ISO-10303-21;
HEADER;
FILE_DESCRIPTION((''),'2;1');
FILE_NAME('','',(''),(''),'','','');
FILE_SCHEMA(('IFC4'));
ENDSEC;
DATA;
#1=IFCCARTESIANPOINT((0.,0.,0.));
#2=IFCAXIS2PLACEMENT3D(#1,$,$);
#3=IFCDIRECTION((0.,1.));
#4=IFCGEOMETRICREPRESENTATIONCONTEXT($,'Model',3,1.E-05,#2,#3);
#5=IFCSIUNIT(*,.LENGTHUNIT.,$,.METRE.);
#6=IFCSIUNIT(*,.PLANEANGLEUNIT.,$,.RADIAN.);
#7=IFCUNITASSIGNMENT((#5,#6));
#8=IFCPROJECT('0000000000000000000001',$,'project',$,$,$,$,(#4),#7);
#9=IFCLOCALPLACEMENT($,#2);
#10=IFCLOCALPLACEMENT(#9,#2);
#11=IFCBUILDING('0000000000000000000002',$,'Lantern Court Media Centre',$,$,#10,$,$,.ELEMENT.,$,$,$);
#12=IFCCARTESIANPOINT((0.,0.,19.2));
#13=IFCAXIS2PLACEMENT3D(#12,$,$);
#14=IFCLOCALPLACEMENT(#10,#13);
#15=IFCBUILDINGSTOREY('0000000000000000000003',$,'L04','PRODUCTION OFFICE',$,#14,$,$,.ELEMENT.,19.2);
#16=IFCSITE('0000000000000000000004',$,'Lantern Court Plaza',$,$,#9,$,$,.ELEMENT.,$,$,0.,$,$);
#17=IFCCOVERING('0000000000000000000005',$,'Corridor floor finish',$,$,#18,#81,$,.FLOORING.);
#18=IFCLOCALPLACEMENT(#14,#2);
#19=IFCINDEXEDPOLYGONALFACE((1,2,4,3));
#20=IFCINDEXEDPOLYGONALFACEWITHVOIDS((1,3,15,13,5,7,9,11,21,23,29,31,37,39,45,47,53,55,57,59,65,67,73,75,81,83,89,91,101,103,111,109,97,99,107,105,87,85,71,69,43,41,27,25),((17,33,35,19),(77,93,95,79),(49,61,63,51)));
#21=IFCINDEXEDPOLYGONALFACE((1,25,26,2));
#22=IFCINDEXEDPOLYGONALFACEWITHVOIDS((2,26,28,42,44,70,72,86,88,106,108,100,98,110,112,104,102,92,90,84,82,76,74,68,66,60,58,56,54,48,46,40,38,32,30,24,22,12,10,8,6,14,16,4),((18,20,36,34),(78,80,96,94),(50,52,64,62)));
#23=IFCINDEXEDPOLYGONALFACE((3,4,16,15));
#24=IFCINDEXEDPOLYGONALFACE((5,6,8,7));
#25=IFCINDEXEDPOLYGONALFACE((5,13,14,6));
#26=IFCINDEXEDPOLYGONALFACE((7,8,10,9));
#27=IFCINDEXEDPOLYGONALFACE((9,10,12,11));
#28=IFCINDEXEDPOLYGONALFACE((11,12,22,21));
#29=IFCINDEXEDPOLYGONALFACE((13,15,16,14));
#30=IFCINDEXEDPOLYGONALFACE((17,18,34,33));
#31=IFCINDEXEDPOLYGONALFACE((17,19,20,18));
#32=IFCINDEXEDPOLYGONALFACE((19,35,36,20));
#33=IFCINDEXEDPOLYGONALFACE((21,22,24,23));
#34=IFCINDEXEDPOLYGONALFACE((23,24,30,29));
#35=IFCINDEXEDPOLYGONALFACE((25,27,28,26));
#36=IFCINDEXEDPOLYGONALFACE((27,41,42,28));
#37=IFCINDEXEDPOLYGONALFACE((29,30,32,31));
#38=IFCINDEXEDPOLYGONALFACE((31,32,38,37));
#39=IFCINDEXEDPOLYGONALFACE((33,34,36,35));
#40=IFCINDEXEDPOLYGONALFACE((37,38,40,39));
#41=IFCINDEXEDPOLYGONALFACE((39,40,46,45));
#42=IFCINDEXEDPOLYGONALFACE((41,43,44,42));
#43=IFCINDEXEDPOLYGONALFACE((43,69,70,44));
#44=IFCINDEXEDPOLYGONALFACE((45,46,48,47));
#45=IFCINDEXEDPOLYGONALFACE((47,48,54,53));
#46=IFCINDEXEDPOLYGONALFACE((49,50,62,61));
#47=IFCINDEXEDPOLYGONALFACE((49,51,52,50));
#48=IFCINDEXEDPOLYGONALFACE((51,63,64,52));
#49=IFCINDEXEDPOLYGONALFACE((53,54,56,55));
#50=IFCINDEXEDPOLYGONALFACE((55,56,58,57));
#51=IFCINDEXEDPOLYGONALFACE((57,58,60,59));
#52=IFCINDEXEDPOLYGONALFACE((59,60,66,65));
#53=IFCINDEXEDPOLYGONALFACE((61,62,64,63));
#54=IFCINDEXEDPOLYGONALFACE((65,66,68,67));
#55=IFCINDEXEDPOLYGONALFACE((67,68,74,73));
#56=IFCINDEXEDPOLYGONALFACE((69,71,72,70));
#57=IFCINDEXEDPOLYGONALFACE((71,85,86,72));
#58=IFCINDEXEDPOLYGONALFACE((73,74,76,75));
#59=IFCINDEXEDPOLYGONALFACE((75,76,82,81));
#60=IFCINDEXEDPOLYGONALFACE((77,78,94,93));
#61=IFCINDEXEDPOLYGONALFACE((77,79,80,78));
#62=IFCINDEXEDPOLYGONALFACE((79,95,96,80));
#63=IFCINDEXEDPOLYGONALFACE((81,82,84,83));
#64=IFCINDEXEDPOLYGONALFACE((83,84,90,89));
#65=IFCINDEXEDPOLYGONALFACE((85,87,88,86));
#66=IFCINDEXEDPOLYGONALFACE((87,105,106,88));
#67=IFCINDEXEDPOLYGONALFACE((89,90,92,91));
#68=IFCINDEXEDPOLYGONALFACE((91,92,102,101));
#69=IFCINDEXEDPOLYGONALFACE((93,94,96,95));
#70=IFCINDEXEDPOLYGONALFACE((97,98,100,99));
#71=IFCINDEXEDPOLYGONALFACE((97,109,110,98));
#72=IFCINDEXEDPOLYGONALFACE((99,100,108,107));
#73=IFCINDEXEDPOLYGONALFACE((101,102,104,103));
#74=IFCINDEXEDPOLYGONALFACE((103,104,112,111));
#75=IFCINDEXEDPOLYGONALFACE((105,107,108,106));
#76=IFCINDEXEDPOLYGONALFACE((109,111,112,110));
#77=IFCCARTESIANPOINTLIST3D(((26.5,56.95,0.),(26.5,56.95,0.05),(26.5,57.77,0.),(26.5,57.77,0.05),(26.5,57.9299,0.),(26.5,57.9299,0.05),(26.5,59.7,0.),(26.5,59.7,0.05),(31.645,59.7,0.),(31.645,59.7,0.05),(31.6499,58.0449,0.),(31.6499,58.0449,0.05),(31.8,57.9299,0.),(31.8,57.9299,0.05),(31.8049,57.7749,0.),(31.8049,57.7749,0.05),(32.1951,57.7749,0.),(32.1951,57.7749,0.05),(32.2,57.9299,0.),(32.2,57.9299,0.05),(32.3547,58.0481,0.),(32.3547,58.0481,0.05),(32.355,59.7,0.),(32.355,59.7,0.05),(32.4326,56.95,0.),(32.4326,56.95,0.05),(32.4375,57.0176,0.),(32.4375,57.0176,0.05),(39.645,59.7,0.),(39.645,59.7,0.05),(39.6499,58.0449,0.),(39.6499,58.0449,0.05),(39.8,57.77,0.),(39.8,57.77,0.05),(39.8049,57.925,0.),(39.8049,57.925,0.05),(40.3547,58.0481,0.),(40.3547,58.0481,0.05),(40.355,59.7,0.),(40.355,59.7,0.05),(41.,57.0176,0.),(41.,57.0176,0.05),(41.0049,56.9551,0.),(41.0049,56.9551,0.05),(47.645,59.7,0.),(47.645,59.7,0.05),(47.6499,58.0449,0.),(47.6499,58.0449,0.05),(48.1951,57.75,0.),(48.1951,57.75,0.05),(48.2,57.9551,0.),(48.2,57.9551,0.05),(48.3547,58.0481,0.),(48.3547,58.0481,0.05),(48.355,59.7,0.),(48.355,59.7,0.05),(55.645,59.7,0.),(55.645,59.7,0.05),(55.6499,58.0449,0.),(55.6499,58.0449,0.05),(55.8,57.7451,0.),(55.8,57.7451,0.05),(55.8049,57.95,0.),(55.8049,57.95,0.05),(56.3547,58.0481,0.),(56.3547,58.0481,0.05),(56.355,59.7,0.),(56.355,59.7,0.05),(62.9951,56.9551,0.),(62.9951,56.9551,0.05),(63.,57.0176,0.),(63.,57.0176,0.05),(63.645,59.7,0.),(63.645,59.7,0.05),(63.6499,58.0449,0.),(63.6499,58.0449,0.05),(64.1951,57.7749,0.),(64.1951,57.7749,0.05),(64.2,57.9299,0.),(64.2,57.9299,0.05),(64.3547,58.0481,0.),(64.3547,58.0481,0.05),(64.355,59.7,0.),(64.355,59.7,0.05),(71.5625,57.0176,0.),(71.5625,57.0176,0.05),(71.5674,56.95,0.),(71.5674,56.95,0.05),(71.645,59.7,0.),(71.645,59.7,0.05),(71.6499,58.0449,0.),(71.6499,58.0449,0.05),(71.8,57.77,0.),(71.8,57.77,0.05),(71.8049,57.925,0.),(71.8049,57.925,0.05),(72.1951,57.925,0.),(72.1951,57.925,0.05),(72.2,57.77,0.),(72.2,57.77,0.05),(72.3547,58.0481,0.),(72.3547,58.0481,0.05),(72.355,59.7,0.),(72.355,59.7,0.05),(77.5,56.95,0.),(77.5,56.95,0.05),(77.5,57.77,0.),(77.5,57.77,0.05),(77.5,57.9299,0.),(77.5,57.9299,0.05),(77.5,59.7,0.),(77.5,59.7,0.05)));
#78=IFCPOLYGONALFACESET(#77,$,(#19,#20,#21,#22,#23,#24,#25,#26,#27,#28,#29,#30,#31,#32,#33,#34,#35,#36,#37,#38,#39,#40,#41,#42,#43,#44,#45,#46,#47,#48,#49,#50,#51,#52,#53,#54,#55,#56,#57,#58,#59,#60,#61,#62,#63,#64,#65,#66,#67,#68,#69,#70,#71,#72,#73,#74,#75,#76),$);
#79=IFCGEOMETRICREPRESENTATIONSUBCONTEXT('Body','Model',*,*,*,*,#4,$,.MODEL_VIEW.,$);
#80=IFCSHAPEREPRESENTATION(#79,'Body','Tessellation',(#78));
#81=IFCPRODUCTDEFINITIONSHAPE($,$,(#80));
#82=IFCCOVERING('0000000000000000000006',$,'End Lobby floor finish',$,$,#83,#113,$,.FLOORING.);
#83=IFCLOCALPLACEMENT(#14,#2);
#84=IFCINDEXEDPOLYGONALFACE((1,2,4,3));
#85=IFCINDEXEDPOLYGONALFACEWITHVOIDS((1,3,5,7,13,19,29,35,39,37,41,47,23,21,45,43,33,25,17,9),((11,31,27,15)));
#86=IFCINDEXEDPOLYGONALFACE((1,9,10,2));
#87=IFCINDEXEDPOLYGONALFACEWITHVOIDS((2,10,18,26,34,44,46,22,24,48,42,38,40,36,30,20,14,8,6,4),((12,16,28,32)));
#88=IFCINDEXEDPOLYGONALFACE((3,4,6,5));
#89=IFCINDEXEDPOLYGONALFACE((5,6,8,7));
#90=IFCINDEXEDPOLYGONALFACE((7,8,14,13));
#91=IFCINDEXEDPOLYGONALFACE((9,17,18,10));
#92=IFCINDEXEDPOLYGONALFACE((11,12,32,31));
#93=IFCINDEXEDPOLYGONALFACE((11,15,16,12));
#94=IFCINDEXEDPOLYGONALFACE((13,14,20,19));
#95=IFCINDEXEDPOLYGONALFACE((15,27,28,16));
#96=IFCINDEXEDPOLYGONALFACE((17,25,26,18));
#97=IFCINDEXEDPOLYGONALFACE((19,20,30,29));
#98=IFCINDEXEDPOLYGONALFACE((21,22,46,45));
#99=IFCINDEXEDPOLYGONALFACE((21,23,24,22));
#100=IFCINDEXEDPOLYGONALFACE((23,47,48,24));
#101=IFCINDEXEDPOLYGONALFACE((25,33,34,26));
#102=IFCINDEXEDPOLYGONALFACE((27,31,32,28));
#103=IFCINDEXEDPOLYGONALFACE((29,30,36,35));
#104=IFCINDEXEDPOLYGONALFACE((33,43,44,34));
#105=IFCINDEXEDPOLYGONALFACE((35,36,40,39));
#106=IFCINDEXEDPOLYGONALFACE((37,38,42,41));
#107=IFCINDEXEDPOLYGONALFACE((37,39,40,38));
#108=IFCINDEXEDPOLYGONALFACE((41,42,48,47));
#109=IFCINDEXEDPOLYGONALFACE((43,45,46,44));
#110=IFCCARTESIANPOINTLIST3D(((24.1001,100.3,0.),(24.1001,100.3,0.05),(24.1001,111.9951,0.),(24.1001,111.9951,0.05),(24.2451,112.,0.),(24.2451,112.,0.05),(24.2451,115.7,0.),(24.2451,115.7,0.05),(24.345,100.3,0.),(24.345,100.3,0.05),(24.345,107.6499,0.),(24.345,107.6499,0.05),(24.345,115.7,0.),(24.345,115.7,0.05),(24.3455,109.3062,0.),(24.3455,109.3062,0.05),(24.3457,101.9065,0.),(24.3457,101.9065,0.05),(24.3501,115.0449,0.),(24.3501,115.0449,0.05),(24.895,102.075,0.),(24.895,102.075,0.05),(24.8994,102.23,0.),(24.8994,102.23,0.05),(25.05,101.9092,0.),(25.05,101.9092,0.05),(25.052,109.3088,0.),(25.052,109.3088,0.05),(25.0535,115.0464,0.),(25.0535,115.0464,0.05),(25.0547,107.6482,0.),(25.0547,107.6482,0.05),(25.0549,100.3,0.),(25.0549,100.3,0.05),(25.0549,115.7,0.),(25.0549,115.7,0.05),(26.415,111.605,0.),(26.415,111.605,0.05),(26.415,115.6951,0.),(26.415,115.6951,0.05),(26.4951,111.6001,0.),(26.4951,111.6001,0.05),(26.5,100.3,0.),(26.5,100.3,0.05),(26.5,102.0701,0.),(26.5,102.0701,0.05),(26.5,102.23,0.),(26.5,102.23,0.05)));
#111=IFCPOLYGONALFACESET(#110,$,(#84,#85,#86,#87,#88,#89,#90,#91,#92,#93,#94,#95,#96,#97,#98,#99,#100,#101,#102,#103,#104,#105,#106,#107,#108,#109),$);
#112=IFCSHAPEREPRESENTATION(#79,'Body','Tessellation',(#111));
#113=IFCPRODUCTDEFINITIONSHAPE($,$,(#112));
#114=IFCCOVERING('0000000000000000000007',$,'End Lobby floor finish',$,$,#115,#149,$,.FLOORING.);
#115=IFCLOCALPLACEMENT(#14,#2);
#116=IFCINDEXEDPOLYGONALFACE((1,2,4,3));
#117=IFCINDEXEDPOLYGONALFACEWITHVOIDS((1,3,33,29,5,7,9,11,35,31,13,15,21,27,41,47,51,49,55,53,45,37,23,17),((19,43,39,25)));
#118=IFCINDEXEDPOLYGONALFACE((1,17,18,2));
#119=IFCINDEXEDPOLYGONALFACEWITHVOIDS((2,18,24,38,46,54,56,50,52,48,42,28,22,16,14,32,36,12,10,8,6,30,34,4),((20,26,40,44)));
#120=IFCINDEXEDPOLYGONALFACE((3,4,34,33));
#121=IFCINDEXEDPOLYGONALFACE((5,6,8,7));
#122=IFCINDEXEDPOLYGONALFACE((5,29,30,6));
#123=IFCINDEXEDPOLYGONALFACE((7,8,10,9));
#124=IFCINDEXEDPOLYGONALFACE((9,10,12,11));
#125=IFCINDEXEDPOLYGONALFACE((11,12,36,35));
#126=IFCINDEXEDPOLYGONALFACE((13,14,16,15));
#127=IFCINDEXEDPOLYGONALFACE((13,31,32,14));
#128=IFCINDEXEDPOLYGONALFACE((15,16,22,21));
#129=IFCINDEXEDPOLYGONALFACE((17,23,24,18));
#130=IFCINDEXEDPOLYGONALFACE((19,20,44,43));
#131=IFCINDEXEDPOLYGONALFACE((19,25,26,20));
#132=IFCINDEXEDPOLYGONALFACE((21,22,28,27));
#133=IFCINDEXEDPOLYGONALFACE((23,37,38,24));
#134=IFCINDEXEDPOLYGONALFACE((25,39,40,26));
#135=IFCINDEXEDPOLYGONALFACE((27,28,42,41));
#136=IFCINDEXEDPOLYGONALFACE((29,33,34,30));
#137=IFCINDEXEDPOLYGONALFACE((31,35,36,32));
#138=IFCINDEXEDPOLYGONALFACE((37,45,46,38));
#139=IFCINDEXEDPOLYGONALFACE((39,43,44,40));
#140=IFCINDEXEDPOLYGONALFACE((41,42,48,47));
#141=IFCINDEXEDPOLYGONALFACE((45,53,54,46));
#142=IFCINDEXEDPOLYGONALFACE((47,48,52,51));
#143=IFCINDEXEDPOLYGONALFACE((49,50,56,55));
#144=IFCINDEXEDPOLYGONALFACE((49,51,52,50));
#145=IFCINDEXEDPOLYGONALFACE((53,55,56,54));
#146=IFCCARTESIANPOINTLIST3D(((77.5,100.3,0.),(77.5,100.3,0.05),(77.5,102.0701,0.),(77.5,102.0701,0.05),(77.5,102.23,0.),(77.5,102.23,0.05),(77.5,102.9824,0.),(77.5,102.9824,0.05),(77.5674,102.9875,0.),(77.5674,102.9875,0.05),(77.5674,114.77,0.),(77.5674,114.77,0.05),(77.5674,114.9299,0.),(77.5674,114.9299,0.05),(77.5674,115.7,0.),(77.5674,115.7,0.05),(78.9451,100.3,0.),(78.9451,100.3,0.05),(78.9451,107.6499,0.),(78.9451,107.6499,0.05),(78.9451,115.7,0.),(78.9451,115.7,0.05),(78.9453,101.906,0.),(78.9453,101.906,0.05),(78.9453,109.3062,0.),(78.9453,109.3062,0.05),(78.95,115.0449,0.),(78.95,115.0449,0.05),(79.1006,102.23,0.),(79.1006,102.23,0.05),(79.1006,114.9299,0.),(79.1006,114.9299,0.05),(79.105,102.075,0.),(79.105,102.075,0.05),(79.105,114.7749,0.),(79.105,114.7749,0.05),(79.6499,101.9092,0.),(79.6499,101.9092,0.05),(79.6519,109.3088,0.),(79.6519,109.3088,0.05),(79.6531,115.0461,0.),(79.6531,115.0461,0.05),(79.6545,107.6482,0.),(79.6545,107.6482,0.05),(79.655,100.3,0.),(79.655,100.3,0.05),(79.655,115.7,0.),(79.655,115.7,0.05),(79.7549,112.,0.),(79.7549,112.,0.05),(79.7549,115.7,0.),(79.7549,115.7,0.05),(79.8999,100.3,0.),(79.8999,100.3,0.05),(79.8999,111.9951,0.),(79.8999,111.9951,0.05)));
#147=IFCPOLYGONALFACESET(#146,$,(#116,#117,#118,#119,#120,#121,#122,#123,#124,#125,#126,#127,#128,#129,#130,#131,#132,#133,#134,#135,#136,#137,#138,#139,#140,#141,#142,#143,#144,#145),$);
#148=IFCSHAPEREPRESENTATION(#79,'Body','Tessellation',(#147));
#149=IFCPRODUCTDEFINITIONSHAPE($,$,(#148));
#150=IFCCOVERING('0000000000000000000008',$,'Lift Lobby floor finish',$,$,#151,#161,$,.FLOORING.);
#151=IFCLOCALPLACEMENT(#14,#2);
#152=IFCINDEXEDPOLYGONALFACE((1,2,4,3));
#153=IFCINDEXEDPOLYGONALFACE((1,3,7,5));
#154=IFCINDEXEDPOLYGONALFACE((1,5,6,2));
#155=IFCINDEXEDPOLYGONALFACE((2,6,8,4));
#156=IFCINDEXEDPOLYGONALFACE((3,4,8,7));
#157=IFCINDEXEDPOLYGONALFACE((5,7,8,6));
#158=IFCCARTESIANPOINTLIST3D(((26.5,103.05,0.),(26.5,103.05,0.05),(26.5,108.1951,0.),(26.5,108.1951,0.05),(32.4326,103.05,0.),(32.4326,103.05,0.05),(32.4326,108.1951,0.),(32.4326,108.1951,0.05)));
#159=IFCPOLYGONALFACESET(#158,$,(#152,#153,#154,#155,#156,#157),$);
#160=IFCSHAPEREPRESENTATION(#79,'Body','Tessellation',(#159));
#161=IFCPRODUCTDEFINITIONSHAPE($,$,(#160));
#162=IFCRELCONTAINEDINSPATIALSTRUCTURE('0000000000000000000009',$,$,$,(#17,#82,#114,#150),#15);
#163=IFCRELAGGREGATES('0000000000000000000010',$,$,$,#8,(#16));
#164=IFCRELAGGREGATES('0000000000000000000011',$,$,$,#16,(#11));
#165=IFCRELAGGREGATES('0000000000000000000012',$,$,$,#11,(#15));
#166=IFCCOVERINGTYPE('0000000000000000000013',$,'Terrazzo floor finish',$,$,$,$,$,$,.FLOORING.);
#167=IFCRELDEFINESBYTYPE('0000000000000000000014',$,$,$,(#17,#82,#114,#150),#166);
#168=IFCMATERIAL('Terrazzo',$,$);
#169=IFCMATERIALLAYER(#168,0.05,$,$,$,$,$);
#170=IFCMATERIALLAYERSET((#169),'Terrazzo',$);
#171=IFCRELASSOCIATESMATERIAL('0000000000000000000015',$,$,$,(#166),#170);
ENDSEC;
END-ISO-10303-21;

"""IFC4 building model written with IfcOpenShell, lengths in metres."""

from ifc_helpers import new_model, si_unit, direction, frame, origin, place, context, subcontext, project, spatial, polyline, outline, extrude, material, layer, layer_set, type_object, element, save


model = new_model("IFC4")

# Units and contexts
model_context = context("Model", 3, precision=1e-05, world=origin(), true_north=direction((0.0, 1.0)))
body_context = subcontext(model_context, "Body", "Model", "MODEL_VIEW")
ifc_project = project(units=[si_unit("LENGTHUNIT", "METRE"), si_unit("PLANEANGLEUNIT", "RADIAN")], contexts=[model_context])

# Site, building, storey
site_placement = place(None, origin())
site = spatial("IfcSite", under=ifc_project, at=site_placement, Name="Lantern Court Plaza", CompositionType="ELEMENT", RefElevation=0.0)
building_placement = place(site_placement, origin())
building = spatial("IfcBuilding", under=site, at=building_placement, Name="Lantern Court Media Centre", CompositionType="ELEMENT")
storey_placement = place(building_placement, frame((0.0, 0.0, 19.2)))
storey = spatial("IfcBuildingStorey", under=building, at=storey_placement, Name="L04", Description="PRODUCTION OFFICE", CompositionType="ELEMENT", Elevation=19.2)

# Coverings
ifc_material_1 = material(Name="Terrazzo")
ifc_layer_1 = layer(ifc_material_1, 0.05)
ifc_layer_set_1 = layer_set([ifc_layer_1], Name="Terrazzo")
covering_type_1 = type_object("IfcCoveringType", Name="Terrazzo floor finish", PredefinedType="FLOORING", material=ifc_layer_set_1)
covering_1_placement = place(storey_placement, origin())
element("IfcCovering", 1, at=covering_1_placement, inside=storey, type_object=covering_type_1, Name="Corridor floor finish", PredefinedType="FLOORING", context=body_context, shape_type="SweptSolid", body=[
    extrude(outline(polyline([(77.5, 56.95), (71.5674, 56.95), (71.5625, 57.0176), (63.0, 57.0176), (62.9951, 56.9551), (41.0049, 56.9551), (41.0, 57.0176), (32.4375, 57.0176), (32.4326, 56.95), (26.5, 56.95), (26.5, 57.77), (31.8049, 57.7749), (31.8, 57.9299), (26.5, 57.9299), (26.5, 59.7), (31.645, 59.7), (31.6499, 58.0449), (32.3547, 58.0481), (32.355, 59.7), (39.645, 59.7), (39.6499, 58.0449), (40.3547, 58.0481), (40.355, 59.7), (47.645, 59.7), (47.6499, 58.0449), (48.3547, 58.0481), (48.355, 59.7), (55.645, 59.7), (55.6499, 58.0449), (56.3547, 58.0481), (56.355, 59.7), (63.645, 59.7), (63.6499, 58.0449), (64.3547, 58.0481), (64.355, 59.7), (71.645, 59.7), (71.6499, 58.0449), (72.3547, 58.0481), (72.355, 59.7), (77.5, 59.7), (77.5, 57.9299), (72.1951, 57.925), (72.2, 57.77), (77.5, 57.77), (77.5, 56.95)]), holes=[polyline([(64.1951, 57.7749), (71.8, 57.77), (71.8049, 57.925), (64.2, 57.9299), (64.1951, 57.7749)]), polyline([(48.1951, 57.75), (55.8, 57.7451), (55.8049, 57.95), (48.2, 57.9551), (48.1951, 57.75)]), polyline([(32.1951, 57.7749), (39.8, 57.77), (39.8049, 57.925), (32.2, 57.9299), (32.1951, 57.7749)])]), origin(), (0.0, 0.0, 1.0), 0.05),
])
covering_2_placement = place(storey_placement, origin())
element("IfcCovering", 2, at=covering_2_placement, inside=storey, type_object=covering_type_1, Name="End Lobby floor finish", PredefinedType="FLOORING", context=body_context, shape_type="SweptSolid", body=[
    extrude(outline(polyline([(26.5, 100.3), (25.0549, 100.3), (25.05, 101.9092), (24.3457, 101.9065), (24.345, 100.3), (24.1001, 100.3), (24.1001, 111.9951), (24.2451, 112.0), (24.2451, 115.7), (24.345, 115.7), (24.3501, 115.0449), (25.0535, 115.0464), (25.0549, 115.7), (26.415, 115.6951), (26.415, 111.605), (26.4951, 111.6001), (26.5, 102.23), (24.8994, 102.23), (24.895, 102.075), (26.5, 102.0701), (26.5, 100.3)]), holes=[polyline([(24.345, 107.6499), (25.0547, 107.6482), (25.052, 109.3088), (24.3455, 109.3062), (24.345, 107.6499)])]), origin(), (0.0, 0.0, 1.0), 0.05),
])
covering_3_placement = place(storey_placement, origin())
element("IfcCovering", 3, at=covering_3_placement, inside=storey, type_object=covering_type_1, Name="End Lobby floor finish", PredefinedType="FLOORING", context=body_context, shape_type="SweptSolid", body=[
    extrude(outline(polyline([(79.8999, 100.3), (79.655, 100.3), (79.6499, 101.9092), (78.9453, 101.906), (78.9451, 100.3), (77.5, 100.3), (77.5, 102.0701), (79.105, 102.075), (79.1006, 102.23), (77.5, 102.23), (77.5, 102.9824), (77.5674, 102.9875), (77.5674, 114.77), (79.105, 114.7749), (79.1006, 114.9299), (77.5674, 114.9299), (77.5674, 115.7), (78.9451, 115.7), (78.95, 115.0449), (79.6531, 115.0461), (79.655, 115.7), (79.7549, 115.7), (79.7549, 112.0), (79.8999, 111.9951), (79.8999, 100.3)]), holes=[polyline([(78.9451, 107.6499), (79.6545, 107.6482), (79.6519, 109.3088), (78.9453, 109.3062), (78.9451, 107.6499)])]), origin(), (0.0, 0.0, 1.0), 0.05),
])
covering_4_placement = place(storey_placement, origin())
element("IfcCovering", 4, at=covering_4_placement, inside=storey, type_object=covering_type_1, Name="Lift Lobby floor finish", PredefinedType="FLOORING", context=body_context, shape_type="SweptSolid", body=[
    extrude(outline(polyline([(26.5, 103.05), (26.5, 108.1951), (32.4326, 108.1951), (32.4326, 103.05), (26.5, 103.05)])), origin(), (0.0, 0.0, 1.0), 0.05),
])

save(model, "model.ifc")
